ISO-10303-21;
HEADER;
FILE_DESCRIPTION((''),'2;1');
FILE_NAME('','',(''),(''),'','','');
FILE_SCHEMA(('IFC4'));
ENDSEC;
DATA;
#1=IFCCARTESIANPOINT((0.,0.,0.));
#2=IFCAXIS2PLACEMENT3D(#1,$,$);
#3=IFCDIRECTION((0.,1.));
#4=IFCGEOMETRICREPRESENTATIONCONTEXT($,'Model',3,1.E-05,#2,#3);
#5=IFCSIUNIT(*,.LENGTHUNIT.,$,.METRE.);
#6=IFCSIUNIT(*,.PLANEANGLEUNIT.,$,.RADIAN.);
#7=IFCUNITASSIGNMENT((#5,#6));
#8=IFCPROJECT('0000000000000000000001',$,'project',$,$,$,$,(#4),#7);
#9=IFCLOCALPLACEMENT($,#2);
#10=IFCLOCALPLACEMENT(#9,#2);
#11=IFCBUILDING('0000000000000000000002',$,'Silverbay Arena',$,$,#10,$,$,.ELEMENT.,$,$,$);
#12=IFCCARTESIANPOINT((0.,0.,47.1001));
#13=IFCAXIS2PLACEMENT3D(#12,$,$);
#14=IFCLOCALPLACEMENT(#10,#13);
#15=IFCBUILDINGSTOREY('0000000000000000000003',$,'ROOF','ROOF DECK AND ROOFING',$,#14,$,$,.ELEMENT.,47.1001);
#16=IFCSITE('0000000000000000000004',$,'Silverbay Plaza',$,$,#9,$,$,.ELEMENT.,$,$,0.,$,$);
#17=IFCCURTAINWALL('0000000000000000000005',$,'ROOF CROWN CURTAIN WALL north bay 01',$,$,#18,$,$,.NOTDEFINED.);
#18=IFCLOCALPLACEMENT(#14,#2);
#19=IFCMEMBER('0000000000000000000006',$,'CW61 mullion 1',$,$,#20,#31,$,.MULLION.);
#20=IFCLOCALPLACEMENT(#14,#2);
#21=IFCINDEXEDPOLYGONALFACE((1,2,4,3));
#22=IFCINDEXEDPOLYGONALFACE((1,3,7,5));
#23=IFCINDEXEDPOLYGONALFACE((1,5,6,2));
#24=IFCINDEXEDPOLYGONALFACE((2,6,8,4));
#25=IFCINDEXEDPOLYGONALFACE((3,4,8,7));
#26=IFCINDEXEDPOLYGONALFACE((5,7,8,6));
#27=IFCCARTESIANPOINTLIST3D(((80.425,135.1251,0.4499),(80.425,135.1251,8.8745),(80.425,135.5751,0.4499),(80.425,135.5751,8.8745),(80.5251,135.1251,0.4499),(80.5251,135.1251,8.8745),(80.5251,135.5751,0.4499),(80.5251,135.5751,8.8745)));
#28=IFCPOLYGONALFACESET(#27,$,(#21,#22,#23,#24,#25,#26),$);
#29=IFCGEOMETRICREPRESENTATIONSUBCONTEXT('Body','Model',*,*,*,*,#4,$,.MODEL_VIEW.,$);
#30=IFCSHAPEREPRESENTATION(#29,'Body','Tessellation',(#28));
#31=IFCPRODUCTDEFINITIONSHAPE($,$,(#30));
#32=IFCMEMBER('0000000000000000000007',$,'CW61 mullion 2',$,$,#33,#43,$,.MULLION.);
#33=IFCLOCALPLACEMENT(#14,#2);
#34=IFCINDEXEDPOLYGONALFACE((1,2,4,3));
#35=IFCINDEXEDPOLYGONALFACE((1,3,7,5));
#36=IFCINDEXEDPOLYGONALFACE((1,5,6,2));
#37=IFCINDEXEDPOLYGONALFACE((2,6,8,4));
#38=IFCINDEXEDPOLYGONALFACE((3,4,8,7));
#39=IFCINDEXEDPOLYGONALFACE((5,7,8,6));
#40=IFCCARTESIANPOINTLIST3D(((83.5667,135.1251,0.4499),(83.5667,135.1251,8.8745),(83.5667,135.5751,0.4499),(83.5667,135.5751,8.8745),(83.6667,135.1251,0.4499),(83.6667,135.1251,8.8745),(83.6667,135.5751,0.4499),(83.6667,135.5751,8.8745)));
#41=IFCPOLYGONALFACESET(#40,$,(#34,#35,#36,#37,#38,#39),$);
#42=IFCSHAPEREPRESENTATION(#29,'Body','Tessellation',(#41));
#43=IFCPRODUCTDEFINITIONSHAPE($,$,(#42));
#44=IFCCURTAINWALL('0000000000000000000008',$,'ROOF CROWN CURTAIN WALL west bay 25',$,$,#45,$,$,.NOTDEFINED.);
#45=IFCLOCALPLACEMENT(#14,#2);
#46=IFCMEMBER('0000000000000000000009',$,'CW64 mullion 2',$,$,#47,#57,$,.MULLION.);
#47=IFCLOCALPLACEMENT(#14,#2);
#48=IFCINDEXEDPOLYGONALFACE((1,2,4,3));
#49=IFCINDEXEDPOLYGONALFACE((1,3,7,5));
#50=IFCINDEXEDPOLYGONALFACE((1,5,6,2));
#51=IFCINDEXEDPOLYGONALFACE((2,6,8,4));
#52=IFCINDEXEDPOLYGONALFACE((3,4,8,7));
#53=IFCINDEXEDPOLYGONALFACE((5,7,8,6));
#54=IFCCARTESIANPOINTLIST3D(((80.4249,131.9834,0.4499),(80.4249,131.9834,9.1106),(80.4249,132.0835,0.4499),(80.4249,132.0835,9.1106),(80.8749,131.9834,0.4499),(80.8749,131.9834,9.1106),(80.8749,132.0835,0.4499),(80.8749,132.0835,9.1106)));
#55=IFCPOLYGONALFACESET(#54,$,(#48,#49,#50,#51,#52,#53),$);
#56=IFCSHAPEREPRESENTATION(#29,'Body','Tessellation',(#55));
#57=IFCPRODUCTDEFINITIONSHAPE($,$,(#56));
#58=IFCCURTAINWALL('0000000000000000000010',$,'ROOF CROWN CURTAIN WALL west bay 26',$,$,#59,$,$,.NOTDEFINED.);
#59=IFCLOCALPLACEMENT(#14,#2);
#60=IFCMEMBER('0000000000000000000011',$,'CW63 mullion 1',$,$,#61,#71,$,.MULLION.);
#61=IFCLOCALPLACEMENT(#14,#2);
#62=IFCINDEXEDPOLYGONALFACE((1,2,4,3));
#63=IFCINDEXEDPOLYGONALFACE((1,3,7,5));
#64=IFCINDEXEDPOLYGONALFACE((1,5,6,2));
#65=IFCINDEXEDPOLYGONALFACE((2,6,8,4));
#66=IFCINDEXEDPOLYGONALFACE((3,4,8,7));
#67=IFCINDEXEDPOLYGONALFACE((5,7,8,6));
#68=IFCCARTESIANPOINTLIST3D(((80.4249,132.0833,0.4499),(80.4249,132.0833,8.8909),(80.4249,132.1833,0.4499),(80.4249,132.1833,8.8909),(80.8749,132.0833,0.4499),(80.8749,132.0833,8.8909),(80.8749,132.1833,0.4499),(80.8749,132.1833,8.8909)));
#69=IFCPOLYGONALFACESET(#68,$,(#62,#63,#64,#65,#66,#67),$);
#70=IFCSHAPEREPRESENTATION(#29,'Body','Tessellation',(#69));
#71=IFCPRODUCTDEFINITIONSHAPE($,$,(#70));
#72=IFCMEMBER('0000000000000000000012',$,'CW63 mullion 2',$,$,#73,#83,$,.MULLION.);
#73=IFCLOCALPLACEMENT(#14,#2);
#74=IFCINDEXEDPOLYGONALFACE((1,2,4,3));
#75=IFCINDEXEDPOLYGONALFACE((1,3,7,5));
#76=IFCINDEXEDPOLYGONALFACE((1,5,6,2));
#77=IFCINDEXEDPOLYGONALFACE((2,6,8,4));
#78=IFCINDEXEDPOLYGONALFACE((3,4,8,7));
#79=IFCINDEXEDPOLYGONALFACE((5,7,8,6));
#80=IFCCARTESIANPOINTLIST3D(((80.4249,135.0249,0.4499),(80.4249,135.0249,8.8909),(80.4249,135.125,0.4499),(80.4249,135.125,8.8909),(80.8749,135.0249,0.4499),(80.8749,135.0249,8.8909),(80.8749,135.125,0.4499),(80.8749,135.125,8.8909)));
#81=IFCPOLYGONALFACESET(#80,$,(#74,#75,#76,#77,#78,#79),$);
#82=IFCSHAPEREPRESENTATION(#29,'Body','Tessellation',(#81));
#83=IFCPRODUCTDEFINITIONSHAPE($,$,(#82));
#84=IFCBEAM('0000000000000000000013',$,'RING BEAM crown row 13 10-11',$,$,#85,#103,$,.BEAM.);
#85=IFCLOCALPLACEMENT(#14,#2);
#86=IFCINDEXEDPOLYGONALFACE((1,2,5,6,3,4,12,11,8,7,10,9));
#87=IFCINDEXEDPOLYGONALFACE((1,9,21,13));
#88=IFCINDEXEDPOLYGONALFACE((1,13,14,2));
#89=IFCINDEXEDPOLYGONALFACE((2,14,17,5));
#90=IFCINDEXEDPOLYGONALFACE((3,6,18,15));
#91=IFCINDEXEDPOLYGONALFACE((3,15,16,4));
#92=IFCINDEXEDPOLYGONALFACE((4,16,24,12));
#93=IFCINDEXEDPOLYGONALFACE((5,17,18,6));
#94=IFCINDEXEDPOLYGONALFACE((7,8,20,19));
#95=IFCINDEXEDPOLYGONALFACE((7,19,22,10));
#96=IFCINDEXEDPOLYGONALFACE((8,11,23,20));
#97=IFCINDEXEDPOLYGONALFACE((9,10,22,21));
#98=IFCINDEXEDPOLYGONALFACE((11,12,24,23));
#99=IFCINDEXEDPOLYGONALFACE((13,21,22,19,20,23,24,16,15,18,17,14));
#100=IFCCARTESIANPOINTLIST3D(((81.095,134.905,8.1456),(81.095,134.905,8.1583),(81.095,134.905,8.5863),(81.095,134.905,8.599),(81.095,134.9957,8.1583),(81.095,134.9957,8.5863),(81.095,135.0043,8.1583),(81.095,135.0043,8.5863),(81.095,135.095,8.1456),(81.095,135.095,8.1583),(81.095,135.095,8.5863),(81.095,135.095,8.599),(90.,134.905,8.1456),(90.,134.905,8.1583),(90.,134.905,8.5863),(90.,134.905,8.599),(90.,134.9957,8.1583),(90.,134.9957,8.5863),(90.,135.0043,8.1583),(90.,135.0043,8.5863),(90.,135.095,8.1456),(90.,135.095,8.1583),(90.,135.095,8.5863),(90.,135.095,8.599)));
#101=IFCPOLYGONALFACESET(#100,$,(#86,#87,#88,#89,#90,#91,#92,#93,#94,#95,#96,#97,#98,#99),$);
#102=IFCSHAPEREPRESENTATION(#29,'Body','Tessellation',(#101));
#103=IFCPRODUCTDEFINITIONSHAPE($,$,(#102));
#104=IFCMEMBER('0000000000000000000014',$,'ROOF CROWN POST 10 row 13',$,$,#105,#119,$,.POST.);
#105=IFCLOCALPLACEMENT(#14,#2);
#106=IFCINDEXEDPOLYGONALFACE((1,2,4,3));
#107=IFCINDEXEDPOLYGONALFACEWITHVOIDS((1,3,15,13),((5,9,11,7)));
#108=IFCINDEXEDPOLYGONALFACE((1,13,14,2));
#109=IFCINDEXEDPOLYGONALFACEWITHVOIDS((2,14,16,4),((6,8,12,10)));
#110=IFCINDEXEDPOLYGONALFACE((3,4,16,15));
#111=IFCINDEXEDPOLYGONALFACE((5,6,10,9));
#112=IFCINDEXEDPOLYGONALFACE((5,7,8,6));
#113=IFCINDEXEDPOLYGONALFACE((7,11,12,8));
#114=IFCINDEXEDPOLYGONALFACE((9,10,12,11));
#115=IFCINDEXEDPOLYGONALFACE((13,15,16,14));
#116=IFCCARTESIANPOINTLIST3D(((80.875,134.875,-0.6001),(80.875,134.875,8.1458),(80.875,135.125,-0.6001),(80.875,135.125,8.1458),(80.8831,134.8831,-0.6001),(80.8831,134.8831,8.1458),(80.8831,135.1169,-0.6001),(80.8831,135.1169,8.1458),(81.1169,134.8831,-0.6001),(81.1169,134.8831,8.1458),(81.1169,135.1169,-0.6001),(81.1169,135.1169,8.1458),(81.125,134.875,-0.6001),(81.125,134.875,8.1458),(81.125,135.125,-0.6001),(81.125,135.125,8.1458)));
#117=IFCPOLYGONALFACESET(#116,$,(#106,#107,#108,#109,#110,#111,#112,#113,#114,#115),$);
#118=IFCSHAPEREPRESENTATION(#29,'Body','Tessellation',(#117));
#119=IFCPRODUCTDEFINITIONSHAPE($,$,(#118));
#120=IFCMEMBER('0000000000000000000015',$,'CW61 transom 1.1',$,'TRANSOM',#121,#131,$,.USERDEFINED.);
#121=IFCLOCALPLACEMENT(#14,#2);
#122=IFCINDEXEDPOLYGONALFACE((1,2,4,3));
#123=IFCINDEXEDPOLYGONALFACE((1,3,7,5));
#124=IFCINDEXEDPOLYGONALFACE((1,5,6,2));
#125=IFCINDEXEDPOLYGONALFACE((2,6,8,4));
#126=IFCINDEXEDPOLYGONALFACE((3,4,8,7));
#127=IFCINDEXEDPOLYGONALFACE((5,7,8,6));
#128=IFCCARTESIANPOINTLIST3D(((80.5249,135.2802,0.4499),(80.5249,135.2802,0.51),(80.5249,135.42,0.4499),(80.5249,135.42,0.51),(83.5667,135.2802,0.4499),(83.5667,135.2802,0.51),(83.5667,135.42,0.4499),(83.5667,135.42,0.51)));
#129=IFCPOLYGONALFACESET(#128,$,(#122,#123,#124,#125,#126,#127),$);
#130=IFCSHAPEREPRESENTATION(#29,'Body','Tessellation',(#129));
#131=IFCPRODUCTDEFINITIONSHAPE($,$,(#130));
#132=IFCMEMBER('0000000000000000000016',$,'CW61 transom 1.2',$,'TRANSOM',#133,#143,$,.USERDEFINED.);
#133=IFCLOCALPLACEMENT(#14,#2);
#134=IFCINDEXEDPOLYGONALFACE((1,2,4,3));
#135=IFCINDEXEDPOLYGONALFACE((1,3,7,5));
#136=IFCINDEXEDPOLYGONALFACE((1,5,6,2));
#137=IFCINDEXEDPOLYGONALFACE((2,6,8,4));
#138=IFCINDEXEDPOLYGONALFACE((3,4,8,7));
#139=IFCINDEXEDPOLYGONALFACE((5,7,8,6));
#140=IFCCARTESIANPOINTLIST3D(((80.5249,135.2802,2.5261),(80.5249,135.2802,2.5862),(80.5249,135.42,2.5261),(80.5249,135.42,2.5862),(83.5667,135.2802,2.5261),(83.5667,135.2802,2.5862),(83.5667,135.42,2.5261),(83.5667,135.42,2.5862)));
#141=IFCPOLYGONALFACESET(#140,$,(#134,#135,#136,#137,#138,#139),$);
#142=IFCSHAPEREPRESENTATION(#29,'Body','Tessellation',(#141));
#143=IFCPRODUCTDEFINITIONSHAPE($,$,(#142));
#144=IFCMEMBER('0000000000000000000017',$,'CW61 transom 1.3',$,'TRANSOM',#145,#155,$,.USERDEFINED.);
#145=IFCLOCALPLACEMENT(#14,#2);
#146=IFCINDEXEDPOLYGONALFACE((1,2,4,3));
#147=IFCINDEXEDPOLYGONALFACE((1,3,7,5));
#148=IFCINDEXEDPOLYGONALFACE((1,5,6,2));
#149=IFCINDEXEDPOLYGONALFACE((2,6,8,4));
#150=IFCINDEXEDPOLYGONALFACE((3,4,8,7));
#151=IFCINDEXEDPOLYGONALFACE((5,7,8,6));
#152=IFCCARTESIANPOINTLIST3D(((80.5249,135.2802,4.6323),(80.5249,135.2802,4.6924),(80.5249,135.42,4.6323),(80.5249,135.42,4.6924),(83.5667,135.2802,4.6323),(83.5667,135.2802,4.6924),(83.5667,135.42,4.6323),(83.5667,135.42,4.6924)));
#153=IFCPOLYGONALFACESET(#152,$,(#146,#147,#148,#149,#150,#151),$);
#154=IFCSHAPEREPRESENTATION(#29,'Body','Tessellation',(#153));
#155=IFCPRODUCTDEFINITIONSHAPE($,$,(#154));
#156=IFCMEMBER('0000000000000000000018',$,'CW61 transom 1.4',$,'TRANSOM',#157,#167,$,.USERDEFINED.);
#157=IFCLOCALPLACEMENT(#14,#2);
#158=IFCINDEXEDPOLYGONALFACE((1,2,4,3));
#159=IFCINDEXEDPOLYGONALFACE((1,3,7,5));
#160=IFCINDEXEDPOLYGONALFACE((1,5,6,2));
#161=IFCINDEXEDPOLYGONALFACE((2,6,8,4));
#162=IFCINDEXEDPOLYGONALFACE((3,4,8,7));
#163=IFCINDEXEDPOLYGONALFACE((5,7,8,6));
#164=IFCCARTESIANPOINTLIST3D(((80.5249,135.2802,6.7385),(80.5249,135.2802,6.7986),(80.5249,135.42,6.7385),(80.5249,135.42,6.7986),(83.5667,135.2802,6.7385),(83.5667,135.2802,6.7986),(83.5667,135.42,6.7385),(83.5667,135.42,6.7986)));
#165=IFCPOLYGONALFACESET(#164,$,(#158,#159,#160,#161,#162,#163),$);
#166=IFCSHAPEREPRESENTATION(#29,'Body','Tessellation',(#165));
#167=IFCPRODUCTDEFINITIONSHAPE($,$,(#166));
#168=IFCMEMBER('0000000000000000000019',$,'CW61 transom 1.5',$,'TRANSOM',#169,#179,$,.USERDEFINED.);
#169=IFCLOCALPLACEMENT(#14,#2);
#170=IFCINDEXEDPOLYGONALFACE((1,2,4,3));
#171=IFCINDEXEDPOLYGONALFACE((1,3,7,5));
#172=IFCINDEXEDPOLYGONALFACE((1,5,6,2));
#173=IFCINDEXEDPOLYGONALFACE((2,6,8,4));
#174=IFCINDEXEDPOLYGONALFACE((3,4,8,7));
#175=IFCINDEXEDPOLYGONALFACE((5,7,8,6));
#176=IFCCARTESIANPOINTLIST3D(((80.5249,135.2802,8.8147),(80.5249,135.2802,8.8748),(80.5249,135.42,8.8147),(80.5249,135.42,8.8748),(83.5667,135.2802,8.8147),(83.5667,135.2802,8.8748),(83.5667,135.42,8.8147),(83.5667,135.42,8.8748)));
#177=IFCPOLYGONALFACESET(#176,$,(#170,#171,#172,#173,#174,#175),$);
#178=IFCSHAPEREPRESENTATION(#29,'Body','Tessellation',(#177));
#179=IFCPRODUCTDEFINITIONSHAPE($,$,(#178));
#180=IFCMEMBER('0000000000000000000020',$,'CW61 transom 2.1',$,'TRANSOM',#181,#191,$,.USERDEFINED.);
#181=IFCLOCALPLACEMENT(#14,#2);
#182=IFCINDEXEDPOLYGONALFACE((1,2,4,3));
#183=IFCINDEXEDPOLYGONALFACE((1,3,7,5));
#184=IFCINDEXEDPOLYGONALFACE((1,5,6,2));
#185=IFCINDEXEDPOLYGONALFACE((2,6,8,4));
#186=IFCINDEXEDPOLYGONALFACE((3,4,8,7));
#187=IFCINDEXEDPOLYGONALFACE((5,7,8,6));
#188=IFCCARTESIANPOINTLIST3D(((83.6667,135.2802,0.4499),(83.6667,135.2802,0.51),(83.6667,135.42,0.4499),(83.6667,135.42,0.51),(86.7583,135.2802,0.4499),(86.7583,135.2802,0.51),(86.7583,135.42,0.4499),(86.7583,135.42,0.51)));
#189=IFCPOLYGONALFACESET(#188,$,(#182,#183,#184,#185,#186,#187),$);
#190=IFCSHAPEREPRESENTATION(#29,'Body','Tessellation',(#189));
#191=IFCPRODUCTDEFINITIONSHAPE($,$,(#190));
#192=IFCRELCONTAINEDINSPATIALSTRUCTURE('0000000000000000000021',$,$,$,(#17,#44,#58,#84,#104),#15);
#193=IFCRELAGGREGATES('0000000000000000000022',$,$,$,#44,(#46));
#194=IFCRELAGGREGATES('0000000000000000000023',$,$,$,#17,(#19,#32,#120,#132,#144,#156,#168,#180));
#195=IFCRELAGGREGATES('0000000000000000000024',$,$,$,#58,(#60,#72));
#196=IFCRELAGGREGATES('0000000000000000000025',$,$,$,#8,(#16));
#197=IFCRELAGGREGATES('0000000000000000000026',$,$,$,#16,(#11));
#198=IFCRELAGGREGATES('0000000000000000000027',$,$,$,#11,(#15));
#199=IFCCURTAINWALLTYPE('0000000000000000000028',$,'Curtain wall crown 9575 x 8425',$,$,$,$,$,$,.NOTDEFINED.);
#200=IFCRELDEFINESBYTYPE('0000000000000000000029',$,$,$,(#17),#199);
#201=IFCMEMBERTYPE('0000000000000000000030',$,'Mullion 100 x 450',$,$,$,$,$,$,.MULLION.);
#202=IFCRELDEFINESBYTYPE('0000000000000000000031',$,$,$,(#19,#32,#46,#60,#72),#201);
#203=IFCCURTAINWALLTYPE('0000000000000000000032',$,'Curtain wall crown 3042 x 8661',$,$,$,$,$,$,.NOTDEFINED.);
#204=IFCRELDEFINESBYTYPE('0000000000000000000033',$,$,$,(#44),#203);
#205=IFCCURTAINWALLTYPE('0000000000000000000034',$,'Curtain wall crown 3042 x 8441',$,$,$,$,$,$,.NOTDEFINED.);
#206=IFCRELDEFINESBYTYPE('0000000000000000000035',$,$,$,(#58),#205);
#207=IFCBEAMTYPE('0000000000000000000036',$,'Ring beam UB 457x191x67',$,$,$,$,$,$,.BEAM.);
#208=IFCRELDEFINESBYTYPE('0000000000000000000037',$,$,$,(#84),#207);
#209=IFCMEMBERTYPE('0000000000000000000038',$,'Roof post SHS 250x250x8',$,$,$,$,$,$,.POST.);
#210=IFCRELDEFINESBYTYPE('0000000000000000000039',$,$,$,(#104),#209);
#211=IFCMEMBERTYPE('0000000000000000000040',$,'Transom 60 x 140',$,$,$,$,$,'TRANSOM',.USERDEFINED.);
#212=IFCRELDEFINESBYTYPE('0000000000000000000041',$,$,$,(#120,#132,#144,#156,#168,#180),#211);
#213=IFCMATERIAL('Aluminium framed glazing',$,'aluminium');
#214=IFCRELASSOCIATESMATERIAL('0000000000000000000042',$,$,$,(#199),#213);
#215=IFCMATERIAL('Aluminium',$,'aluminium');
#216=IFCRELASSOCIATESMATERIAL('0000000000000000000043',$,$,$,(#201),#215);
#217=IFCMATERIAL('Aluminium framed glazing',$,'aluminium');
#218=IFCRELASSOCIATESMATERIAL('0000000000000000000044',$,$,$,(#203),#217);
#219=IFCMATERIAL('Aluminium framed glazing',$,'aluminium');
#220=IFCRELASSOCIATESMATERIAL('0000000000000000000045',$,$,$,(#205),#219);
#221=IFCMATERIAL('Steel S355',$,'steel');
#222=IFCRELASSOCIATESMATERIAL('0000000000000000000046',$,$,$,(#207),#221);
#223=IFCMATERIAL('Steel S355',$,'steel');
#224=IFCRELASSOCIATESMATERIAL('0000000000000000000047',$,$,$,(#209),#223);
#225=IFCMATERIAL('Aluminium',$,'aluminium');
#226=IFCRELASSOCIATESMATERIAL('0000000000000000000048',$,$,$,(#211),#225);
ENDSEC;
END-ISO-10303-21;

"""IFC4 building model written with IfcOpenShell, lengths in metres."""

from ifc_helpers import new_model, si_unit, direction, frame, origin, origin_2d, place, context, subcontext, project, spatial, rectangle, hollow_rectangle, i_section, extrude, material, material_profile, profile_set, type_object, element, aggregate, save


model = new_model("IFC4")

# Units and contexts
model_context = context("Model", 3, precision=1e-05, world=origin(), true_north=direction((0.0, 1.0)))
body_context = subcontext(model_context, "Body", "Model", "MODEL_VIEW")
ifc_project = project(units=[si_unit("LENGTHUNIT", "METRE"), si_unit("PLANEANGLEUNIT", "RADIAN")], contexts=[model_context])

# Site, building, storey
site_placement = place(None, origin())
site = spatial("IfcSite", under=ifc_project, at=site_placement, Name="Silverbay Plaza", CompositionType="ELEMENT", RefElevation=0.0)
building_placement = place(site_placement, origin())
building = spatial("IfcBuilding", under=site, at=building_placement, Name="Silverbay Arena", CompositionType="ELEMENT")
storey_placement = place(building_placement, frame((0.0, 0.0, 47.1001)))
storey = spatial("IfcBuildingStorey", under=building, at=storey_placement, Name="ROOF", Description="ROOF DECK AND ROOFING", CompositionType="ELEMENT", Elevation=47.1001)

# Curtain wall, members
ifc_material_1 = material(Name="Aluminium framed glazing", Category="aluminium")
curtain_wall_type_1 = type_object("IfcCurtainWallType", Name="Curtain wall crown 9575 x 8425", PredefinedType="NOTDEFINED", material=ifc_material_1)
curtain_wall_1_placement = place(storey_placement, origin())
curtain_wall_1 = element("IfcCurtainWall", 1, at=curtain_wall_1_placement, inside=storey, type_object=curtain_wall_type_1, Name="ROOF CROWN CURTAIN WALL north bay 01", PredefinedType="NOTDEFINED")
ifc_material_2 = material(Name="Aluminium", Category="aluminium")
ifc_material_profile_1 = material_profile(ifc_material_2, rectangle(XDim=0.45, YDim=0.1001, at=origin_2d()), Name="Mullion 100 x 450")
ifc_profile_set_1 = profile_set([ifc_material_profile_1], Name="Aluminium")
member_type_1 = type_object("IfcMemberType", Name="Mullion 100 x 450", PredefinedType="MULLION", material=ifc_profile_set_1)
placement = place(building_placement, frame((0.0, 0.0, 33.5)))
member_1_placement = place(placement, frame((80.4751, 135.3501, 14.05), z_axis=(0.0, 0.0, 1.0), x_axis=(0.0, 1.0, 0.0)))
member_1 = element("IfcMember", 2, at=member_1_placement, type_object=member_type_1, Name="CW61 mullion 1", PredefinedType="MULLION", context=body_context, shape_type="SweptSolid", body=[
    extrude(rectangle(XDim=0.45, YDim=0.1001, at=origin_2d()), origin(), (0.0, 0.0, 1.0), 8.4246),
])
member_2_placement = place(placement, frame((83.6167, 135.3501, 14.05), z_axis=(0.0, 0.0, 1.0), x_axis=(0.0, 1.0, 0.0)))
member_2 = element("IfcMember", 3, at=member_2_placement, type_object=member_type_1, Name="CW61 mullion 2", PredefinedType="MULLION", context=body_context, shape_type="SweptSolid", body=[
    extrude(rectangle(XDim=0.45, YDim=0.1001, at=origin_2d()), origin(), (0.0, 0.0, 1.0), 8.4246),
])

# Curtain wall, member
ifc_material_3 = material(Name="Aluminium framed glazing", Category="aluminium")
curtain_wall_type_2 = type_object("IfcCurtainWallType", Name="Curtain wall crown 3042 x 8661", PredefinedType="NOTDEFINED", material=ifc_material_3)
curtain_wall_2_placement = place(storey_placement, origin())
curtain_wall_2 = element("IfcCurtainWall", 4, at=curtain_wall_2_placement, inside=storey, type_object=curtain_wall_type_2, Name="ROOF CROWN CURTAIN WALL west bay 25", PredefinedType="NOTDEFINED")
member_3_placement = place(placement, frame((80.6499, 132.0334, 14.05), z_axis=(0.0, 0.0, 1.0), x_axis=(-1.0, 0.0, 0.0)))
member_3 = element("IfcMember", 5, at=member_3_placement, type_object=member_type_1, Name="CW64 mullion 2", PredefinedType="MULLION", context=body_context, shape_type="SweptSolid", body=[
    extrude(rectangle(XDim=0.45, YDim=0.1001, at=origin_2d()), origin(), (0.0, 0.0, 1.0), 8.6606),
])
aggregate(curtain_wall_2, [member_3])

# Curtain wall, members
ifc_material_4 = material(Name="Aluminium framed glazing", Category="aluminium")
curtain_wall_type_3 = type_object("IfcCurtainWallType", Name="Curtain wall crown 3042 x 8441", PredefinedType="NOTDEFINED", material=ifc_material_4)
curtain_wall_3_placement = place(storey_placement, origin())
curtain_wall_3 = element("IfcCurtainWall", 6, at=curtain_wall_3_placement, inside=storey, type_object=curtain_wall_type_3, Name="ROOF CROWN CURTAIN WALL west bay 26", PredefinedType="NOTDEFINED")
member_4_placement = place(placement, frame((80.6499, 132.1333, 14.05), z_axis=(0.0, 0.0, 1.0), x_axis=(-1.0, 0.0, 0.0)))
member_4 = element("IfcMember", 7, at=member_4_placement, type_object=member_type_1, Name="CW63 mullion 1", PredefinedType="MULLION", context=body_context, shape_type="SweptSolid", body=[
    extrude(rectangle(XDim=0.45, YDim=0.1001, at=origin_2d()), origin(), (0.0, 0.0, 1.0), 8.4409),
])
member_5_placement = place(placement, frame((80.6499, 135.075, 14.05), z_axis=(0.0, 0.0, 1.0), x_axis=(-1.0, 0.0, 0.0)))
member_5 = element("IfcMember", 8, at=member_5_placement, type_object=member_type_1, Name="CW63 mullion 2", PredefinedType="MULLION", context=body_context, shape_type="SweptSolid", body=[
    extrude(rectangle(XDim=0.45, YDim=0.1001, at=origin_2d()), origin(), (0.0, 0.0, 1.0), 8.4409),
])

# Beam
ifc_material_5 = material(Name="Steel S355", Category="steel")
ifc_material_profile_2 = material_profile(ifc_material_5, i_section(OverallWidth=0.1899, OverallDepth=0.4534, WebThickness=0.0085, FlangeThickness=0.0127, at=origin_2d()), Name="UB 457x191x67")
ifc_profile_set_2 = profile_set([ifc_material_profile_2], Name="Steel S355")
beam_type = type_object("IfcBeamType", Name="Ring beam UB 457x191x67", PredefinedType="BEAM", material=ifc_profile_set_2)
beam_placement = place(storey_placement, frame((81.095, 135.0, 8.3723), z_axis=(1.0, 0.0, 0.0), x_axis=(0.0, 1.0, 0.0)))
element("IfcBeam", 9, at=beam_placement, inside=storey, type_object=beam_type, Name="RING BEAM crown row 13 10-11", PredefinedType="BEAM", context=body_context, shape_type="SweptSolid", body=[
    extrude(i_section(OverallWidth=0.1899, OverallDepth=0.4534, WebThickness=0.0085, FlangeThickness=0.0127, at=origin_2d()), origin(), (0.0, 0.0, 1.0), 8.905),
])

# Members
ifc_material_6 = material(Name="Steel S355", Category="steel")
ifc_material_profile_3 = material_profile(ifc_material_6, hollow_rectangle(XDim=0.25, YDim=0.25, WallThickness=0.0081, at=origin_2d()), Name="SHS 250x250x8")
ifc_profile_set_3 = profile_set([ifc_material_profile_3], Name="Steel S355")
member_type_2 = type_object("IfcMemberType", Name="Roof post SHS 250x250x8", PredefinedType="POST", material=ifc_profile_set_3)
member_6_placement = place(storey_placement, frame((81.0, 135.0, -0.6001), z_axis=(0.0, 0.0, 1.0), x_axis=(1.0, 0.0, 0.0)))
element("IfcMember", 10, at=member_6_placement, inside=storey, type_object=member_type_2, Name="ROOF CROWN POST 10 row 13", PredefinedType="POST", context=body_context, shape_type="SweptSolid", body=[
    extrude(hollow_rectangle(XDim=0.25, YDim=0.25, WallThickness=0.0081, at=origin_2d()), origin(), (0.0, 0.0, 1.0), 8.7458),
])
ifc_material_7 = material(Name="Aluminium", Category="aluminium")
ifc_material_profile_4 = material_profile(ifc_material_7, rectangle(XDim=0.1399, YDim=0.0601, at=origin_2d()), Name="Transom 60 x 140")
ifc_profile_set_4 = profile_set([ifc_material_profile_4], Name="Aluminium")
member_type_3 = type_object("IfcMemberType", Name="Transom 60 x 140", ElementType="TRANSOM", PredefinedType="USERDEFINED", material=ifc_profile_set_4)
member_7_placement = place(placement, frame((80.5249, 135.3501, 14.0801), z_axis=(1.0, 0.0, 0.0), x_axis=(0.0, 1.0, 0.0)))
member_7 = element("IfcMember", 11, at=member_7_placement, type_object=member_type_3, Name="CW61 transom 1.1", ObjectType="TRANSOM", PredefinedType="USERDEFINED", context=body_context, shape_type="SweptSolid", body=[
    extrude(rectangle(XDim=0.1399, YDim=0.0601, at=origin_2d()), origin(), (0.0, 0.0, 1.0), 3.0417),
])
member_8_placement = place(placement, frame((80.5249, 135.3501, 16.1562), z_axis=(1.0, 0.0, 0.0), x_axis=(0.0, 1.0, 0.0)))
member_8 = element("IfcMember", 12, at=member_8_placement, type_object=member_type_3, Name="CW61 transom 1.2", ObjectType="TRANSOM", PredefinedType="USERDEFINED", context=body_context, shape_type="SweptSolid", body=[
    extrude(rectangle(XDim=0.1399, YDim=0.0601, at=origin_2d()), origin(), (0.0, 0.0, 1.0), 3.0417),
])
member_9_placement = place(placement, frame((80.5249, 135.3501, 18.2625), z_axis=(1.0, 0.0, 0.0), x_axis=(0.0, 1.0, 0.0)))
member_9 = element("IfcMember", 13, at=member_9_placement, type_object=member_type_3, Name="CW61 transom 1.3", ObjectType="TRANSOM", PredefinedType="USERDEFINED", context=body_context, shape_type="SweptSolid", body=[
    extrude(rectangle(XDim=0.1399, YDim=0.0601, at=origin_2d()), origin(), (0.0, 0.0, 1.0), 3.0417),
])
member_10_placement = place(placement, frame((80.5249, 135.3501, 20.3687), z_axis=(1.0, 0.0, 0.0), x_axis=(0.0, 1.0, 0.0)))
member_10 = element("IfcMember", 14, at=member_10_placement, type_object=member_type_3, Name="CW61 transom 1.4", ObjectType="TRANSOM", PredefinedType="USERDEFINED", context=body_context, shape_type="SweptSolid", body=[
    extrude(rectangle(XDim=0.1399, YDim=0.0601, at=origin_2d()), origin(), (0.0, 0.0, 1.0), 3.0417),
])
member_11_placement = place(placement, frame((80.5249, 135.3501, 22.4448), z_axis=(1.0, 0.0, 0.0), x_axis=(0.0, 1.0, 0.0)))
member_11 = element("IfcMember", 15, at=member_11_placement, type_object=member_type_3, Name="CW61 transom 1.5", ObjectType="TRANSOM", PredefinedType="USERDEFINED", context=body_context, shape_type="SweptSolid", body=[
    extrude(rectangle(XDim=0.1399, YDim=0.0601, at=origin_2d()), origin(), (0.0, 0.0, 1.0), 3.0417),
])
member_12_placement = place(placement, frame((83.6667, 135.3501, 14.0801), z_axis=(1.0, 0.0, 0.0), x_axis=(0.0, 1.0, 0.0)))
member_12 = element("IfcMember", 16, at=member_12_placement, type_object=member_type_3, Name="CW61 transom 2.1", ObjectType="TRANSOM", PredefinedType="USERDEFINED", context=body_context, shape_type="SweptSolid", body=[
    extrude(rectangle(XDim=0.1399, YDim=0.0601, at=origin_2d()), origin(), (0.0, 0.0, 1.0), 3.0916),
])

aggregate(curtain_wall_1, [member_1, member_2, member_7, member_8, member_9, member_10, member_11, member_12])
aggregate(curtain_wall_3, [member_4, member_5])

save(model, "model.ifc")
